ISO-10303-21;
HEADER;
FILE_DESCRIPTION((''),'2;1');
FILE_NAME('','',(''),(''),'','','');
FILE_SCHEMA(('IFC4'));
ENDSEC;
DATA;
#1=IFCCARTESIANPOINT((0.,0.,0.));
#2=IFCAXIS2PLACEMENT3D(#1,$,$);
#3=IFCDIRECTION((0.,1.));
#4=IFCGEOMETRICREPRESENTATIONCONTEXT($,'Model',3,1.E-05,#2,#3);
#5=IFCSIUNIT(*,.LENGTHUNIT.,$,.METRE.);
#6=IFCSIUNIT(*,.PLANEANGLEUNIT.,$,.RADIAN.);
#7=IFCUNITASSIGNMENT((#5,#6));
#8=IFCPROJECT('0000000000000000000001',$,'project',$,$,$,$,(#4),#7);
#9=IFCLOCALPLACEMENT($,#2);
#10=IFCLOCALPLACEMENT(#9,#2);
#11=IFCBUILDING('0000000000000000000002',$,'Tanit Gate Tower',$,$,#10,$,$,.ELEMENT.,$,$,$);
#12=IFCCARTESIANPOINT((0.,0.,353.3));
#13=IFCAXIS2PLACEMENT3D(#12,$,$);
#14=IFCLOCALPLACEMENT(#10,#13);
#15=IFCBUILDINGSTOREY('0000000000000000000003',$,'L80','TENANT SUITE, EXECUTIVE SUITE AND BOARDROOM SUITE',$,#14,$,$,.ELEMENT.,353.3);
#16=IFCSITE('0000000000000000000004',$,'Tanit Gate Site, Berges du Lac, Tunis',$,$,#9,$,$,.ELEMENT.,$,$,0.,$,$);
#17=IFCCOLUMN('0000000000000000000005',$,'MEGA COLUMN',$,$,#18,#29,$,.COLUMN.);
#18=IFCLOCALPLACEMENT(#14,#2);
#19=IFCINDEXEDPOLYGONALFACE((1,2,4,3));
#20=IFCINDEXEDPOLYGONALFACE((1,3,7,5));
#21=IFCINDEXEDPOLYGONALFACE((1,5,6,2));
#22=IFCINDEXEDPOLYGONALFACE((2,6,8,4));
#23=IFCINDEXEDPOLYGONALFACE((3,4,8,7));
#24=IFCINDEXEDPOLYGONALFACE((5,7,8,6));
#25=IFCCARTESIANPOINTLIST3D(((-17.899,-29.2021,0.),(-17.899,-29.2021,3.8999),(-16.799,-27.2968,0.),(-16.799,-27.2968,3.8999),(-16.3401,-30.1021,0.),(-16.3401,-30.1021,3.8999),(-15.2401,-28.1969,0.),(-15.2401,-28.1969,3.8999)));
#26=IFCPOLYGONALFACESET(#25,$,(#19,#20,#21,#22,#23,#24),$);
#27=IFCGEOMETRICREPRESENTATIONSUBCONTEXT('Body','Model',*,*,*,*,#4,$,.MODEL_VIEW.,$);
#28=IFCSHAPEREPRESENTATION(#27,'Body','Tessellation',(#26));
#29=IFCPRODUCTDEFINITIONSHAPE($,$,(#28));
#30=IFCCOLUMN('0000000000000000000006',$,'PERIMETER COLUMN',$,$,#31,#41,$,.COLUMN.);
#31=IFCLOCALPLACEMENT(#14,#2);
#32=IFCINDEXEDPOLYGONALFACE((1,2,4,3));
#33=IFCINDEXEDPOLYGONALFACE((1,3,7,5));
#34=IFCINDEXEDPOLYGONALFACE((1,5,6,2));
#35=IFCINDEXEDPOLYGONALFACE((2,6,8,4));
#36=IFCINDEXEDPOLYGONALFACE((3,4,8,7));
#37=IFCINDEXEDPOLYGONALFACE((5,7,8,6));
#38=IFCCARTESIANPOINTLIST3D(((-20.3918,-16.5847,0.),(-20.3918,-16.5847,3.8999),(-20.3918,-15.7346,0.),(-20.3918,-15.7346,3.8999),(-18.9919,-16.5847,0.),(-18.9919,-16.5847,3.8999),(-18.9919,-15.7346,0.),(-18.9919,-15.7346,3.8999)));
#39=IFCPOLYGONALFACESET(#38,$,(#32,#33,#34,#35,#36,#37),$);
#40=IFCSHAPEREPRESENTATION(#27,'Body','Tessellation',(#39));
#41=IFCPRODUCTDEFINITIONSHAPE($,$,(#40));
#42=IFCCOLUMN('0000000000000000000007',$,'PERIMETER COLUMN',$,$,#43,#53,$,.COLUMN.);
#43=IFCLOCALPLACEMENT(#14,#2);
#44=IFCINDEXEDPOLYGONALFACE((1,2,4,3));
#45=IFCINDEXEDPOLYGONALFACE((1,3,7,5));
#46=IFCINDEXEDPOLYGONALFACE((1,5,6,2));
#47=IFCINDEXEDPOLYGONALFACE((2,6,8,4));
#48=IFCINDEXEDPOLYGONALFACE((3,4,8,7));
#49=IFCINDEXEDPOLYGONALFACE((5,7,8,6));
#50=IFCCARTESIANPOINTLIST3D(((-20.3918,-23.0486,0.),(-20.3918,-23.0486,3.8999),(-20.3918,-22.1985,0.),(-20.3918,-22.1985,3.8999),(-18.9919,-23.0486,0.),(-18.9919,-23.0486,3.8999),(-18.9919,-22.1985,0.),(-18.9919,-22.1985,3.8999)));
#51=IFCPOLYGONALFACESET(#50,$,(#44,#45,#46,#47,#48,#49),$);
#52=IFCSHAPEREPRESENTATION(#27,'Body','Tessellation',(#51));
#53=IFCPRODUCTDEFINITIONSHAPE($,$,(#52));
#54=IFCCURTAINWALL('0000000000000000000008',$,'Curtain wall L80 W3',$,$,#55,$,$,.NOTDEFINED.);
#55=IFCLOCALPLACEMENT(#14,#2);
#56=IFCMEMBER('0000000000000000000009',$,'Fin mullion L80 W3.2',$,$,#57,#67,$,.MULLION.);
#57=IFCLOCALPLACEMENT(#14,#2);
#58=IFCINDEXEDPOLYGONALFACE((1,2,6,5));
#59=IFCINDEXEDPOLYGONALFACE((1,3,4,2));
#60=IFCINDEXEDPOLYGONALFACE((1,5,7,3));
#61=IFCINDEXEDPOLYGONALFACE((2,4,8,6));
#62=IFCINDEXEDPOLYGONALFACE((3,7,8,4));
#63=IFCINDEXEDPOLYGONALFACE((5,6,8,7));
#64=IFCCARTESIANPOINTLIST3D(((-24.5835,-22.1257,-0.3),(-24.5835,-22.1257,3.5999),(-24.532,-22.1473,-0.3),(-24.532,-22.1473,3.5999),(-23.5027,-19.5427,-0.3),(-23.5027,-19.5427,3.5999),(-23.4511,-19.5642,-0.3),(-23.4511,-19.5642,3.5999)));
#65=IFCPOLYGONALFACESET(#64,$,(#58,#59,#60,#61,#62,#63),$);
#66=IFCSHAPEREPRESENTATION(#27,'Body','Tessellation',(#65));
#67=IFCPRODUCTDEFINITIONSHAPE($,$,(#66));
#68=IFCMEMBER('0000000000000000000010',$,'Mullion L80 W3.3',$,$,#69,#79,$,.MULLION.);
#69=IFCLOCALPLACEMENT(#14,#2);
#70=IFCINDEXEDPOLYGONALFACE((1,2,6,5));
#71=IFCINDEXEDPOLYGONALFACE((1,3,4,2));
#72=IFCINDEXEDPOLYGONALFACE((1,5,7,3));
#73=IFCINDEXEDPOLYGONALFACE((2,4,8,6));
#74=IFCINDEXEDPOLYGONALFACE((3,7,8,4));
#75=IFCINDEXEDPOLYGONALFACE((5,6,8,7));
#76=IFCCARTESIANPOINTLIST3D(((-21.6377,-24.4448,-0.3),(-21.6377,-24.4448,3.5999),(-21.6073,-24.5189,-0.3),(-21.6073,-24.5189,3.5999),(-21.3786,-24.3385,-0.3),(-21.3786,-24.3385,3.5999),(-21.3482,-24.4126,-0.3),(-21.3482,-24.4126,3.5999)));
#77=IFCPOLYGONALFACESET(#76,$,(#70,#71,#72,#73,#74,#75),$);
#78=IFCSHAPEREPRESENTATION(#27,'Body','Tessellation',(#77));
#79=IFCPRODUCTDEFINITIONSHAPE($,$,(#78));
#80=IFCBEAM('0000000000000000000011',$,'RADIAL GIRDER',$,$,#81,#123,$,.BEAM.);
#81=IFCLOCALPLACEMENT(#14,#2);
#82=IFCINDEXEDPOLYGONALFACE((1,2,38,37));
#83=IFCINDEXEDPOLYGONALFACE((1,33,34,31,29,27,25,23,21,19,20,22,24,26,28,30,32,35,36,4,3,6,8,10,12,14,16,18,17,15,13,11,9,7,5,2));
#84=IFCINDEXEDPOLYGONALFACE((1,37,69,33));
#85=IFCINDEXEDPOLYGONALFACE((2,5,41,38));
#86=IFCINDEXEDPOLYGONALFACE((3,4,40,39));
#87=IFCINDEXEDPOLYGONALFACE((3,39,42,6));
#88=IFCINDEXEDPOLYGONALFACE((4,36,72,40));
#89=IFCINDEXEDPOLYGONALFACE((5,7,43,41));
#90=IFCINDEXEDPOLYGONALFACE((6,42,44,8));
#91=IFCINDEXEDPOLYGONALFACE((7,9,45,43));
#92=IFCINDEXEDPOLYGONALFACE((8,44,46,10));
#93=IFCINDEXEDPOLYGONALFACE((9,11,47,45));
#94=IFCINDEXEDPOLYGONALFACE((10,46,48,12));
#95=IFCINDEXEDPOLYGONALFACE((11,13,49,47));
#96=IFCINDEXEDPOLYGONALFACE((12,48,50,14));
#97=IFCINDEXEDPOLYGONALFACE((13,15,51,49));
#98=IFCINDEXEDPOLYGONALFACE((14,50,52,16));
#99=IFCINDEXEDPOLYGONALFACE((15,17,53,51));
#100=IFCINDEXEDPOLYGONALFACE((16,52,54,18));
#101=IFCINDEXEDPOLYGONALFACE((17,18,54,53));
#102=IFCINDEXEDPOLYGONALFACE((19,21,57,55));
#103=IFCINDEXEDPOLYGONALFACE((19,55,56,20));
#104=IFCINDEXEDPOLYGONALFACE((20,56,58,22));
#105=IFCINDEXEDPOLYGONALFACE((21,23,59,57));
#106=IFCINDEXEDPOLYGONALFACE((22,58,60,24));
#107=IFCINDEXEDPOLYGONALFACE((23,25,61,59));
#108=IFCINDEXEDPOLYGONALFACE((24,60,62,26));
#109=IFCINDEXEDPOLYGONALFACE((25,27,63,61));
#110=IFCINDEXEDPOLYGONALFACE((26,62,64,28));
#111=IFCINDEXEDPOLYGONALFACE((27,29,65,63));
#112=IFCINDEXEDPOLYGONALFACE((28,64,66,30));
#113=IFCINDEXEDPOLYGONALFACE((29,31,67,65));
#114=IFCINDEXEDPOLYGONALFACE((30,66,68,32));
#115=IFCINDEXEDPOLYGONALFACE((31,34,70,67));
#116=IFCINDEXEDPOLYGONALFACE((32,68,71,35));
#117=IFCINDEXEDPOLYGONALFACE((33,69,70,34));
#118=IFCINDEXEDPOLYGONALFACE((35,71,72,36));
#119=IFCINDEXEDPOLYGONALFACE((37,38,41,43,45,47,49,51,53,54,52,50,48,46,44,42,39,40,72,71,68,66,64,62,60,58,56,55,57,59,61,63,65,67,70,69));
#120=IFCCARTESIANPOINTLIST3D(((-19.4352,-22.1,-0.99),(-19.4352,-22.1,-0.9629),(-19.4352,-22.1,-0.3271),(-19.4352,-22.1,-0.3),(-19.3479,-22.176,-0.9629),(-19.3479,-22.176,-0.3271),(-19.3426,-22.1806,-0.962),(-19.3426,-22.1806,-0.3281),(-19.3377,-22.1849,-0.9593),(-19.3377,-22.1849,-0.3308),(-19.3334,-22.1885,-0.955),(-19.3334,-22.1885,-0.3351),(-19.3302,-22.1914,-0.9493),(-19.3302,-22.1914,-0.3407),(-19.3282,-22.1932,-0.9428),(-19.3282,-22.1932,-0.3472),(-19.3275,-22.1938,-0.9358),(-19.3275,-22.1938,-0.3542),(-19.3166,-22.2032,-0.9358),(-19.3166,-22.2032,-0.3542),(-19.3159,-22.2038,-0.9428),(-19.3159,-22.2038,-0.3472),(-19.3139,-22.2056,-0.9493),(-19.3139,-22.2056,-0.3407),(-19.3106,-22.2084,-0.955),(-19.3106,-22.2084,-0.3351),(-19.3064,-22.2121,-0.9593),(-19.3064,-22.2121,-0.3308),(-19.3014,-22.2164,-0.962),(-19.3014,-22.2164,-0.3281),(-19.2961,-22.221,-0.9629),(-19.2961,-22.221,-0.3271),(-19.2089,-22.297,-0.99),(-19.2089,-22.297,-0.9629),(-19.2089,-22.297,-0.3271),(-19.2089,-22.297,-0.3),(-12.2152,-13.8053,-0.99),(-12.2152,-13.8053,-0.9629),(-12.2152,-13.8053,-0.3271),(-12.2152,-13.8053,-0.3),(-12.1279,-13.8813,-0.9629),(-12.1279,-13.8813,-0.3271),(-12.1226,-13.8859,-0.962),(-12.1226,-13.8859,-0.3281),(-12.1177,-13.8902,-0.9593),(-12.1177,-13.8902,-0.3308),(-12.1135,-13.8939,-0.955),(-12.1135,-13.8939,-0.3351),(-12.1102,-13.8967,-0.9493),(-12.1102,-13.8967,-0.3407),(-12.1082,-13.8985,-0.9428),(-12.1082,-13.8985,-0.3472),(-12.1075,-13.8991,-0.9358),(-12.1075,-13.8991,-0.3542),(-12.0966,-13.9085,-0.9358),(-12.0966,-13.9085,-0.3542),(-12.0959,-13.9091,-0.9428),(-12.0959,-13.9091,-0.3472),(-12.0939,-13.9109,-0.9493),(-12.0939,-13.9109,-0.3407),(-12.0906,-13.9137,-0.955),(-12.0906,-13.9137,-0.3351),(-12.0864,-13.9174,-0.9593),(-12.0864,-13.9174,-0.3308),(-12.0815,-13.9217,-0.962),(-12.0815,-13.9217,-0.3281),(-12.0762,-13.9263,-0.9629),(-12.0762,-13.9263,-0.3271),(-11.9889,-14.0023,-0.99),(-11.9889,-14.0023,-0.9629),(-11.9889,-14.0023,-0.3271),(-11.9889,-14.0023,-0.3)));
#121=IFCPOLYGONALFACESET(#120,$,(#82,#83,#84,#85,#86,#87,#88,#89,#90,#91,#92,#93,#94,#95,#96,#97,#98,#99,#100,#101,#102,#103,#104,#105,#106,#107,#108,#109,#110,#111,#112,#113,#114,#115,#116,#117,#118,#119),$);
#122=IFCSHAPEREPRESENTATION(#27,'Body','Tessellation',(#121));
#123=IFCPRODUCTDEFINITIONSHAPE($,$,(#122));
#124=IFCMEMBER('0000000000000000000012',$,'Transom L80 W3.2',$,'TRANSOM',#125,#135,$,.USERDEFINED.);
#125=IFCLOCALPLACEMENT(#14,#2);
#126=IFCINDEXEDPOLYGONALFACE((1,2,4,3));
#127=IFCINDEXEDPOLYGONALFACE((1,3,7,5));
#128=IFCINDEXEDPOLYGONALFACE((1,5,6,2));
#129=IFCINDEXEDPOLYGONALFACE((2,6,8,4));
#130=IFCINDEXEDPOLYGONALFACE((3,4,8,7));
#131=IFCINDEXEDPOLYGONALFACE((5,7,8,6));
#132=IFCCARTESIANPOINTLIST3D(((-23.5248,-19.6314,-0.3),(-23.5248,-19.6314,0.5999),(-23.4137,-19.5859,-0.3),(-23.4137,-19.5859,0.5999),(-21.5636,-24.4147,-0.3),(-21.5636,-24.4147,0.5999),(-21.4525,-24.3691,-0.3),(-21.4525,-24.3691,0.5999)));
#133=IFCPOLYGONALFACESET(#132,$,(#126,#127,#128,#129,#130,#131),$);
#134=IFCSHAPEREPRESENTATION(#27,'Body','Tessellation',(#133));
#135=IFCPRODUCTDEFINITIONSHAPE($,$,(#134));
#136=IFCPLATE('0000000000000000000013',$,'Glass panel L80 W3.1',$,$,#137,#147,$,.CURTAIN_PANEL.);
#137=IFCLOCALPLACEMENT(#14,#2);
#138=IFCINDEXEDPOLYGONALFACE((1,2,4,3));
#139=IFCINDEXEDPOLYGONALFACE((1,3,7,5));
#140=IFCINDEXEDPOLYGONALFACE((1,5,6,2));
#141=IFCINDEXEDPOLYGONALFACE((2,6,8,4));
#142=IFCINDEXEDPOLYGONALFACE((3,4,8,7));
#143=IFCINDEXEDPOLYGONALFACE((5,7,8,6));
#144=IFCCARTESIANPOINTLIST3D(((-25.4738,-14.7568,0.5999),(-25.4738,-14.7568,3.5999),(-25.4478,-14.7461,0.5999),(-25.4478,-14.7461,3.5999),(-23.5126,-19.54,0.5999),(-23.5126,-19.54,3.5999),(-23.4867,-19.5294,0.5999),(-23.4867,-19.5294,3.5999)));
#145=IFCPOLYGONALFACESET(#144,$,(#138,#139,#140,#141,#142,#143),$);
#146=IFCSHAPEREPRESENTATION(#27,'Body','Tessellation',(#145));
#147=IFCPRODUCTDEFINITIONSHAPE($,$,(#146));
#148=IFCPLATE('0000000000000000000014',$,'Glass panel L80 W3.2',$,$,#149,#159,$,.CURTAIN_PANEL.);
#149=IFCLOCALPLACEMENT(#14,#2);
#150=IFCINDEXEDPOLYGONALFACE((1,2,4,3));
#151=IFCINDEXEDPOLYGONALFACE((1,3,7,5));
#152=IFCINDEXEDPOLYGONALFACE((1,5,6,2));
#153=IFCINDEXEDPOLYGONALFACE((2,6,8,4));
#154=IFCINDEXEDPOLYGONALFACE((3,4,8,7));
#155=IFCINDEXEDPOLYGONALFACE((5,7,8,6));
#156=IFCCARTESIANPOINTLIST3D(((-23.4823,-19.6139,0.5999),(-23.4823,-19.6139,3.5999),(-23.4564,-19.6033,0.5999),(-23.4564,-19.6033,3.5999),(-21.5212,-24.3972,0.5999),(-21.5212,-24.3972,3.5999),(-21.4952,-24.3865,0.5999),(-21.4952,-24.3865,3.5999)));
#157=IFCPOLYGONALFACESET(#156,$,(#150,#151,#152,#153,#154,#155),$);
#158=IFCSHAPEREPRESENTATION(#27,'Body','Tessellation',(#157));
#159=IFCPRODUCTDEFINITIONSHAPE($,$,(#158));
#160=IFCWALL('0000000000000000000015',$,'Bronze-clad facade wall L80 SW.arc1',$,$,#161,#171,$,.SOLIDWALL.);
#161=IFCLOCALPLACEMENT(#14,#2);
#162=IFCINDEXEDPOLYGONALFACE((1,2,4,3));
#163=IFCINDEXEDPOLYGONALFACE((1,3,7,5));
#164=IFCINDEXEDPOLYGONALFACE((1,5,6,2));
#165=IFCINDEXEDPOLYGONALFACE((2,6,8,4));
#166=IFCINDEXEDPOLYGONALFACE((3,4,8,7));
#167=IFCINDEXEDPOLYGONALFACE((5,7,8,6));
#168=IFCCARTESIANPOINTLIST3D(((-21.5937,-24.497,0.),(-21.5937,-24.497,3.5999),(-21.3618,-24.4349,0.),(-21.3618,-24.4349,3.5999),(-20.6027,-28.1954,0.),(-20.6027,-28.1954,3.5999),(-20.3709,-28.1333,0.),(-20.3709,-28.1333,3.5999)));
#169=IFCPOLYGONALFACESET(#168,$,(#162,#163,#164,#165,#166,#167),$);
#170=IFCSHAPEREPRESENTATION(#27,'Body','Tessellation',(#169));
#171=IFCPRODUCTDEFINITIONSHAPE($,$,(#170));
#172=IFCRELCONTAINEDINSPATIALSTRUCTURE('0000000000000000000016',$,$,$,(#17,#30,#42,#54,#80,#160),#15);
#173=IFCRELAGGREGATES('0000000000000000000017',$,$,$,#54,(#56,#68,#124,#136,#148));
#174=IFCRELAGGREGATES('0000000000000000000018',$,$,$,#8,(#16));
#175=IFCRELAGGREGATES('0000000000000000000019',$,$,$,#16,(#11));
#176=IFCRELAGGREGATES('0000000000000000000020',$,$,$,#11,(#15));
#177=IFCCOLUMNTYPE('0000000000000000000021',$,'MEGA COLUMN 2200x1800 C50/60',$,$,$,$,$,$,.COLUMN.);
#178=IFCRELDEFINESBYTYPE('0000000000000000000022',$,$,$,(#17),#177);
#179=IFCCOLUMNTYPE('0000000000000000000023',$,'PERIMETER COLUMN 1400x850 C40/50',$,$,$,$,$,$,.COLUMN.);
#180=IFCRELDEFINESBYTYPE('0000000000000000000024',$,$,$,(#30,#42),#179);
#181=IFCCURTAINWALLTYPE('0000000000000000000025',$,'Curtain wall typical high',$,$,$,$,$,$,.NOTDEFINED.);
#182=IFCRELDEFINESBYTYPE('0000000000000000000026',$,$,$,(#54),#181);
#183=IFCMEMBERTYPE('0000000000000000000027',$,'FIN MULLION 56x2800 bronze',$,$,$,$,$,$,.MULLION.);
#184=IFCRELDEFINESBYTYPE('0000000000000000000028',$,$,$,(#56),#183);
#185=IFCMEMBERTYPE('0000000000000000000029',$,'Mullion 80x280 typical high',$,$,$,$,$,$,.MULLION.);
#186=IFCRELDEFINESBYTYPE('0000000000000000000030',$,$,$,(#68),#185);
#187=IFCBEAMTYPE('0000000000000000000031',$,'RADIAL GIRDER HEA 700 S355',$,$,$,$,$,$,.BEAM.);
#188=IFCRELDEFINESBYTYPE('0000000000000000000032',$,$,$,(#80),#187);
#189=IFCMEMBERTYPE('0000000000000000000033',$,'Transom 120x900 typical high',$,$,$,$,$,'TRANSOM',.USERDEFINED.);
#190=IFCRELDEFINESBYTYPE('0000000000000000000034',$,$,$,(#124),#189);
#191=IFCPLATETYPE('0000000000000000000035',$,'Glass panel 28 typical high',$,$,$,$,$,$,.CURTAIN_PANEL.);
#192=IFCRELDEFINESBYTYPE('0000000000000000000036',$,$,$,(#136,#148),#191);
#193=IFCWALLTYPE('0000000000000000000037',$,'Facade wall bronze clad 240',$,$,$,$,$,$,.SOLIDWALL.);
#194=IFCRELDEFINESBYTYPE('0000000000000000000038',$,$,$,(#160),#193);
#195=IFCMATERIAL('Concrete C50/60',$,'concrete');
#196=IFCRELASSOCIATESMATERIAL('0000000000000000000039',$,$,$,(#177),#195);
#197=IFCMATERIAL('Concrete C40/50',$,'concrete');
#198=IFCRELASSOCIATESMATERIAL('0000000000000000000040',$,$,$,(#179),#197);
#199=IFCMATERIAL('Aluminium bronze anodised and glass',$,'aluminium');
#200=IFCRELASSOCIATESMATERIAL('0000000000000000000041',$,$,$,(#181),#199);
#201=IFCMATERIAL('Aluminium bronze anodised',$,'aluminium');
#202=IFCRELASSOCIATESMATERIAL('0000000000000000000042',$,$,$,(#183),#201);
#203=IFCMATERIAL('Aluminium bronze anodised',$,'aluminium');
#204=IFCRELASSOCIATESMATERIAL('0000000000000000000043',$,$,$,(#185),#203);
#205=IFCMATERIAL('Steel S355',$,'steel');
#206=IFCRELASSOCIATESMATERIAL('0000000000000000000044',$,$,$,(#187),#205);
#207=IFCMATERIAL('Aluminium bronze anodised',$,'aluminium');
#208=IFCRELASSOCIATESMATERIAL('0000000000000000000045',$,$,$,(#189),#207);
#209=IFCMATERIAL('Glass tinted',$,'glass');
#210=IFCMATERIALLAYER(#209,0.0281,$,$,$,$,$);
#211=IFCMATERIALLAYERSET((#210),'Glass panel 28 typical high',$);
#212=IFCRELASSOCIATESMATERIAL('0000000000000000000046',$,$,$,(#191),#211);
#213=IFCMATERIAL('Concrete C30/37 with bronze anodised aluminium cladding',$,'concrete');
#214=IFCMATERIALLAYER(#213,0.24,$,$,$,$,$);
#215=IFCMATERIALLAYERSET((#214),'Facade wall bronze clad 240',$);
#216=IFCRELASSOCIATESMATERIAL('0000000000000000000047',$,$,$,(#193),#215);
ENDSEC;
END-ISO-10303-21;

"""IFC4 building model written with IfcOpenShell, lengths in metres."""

from ifc_helpers import new_model, si_unit, direction, frame, frame_2d, origin, origin_2d, place, context, subcontext, project, spatial, rectangle, i_section, extrude, material, layer, layer_set, material_profile, profile_set, type_object, element, aggregate, save


model = new_model("IFC4")

# Units and contexts
model_context = context("Model", 3, precision=1e-05, world=origin(), true_north=direction((0.0, 1.0)))
body_context = subcontext(model_context, "Body", "Model", "MODEL_VIEW")
ifc_project = project(units=[si_unit("LENGTHUNIT", "METRE"), si_unit("PLANEANGLEUNIT", "RADIAN")], contexts=[model_context])

# Site, building, storey
site_placement = place(None, origin())
site = spatial("IfcSite", under=ifc_project, at=site_placement, Name="Tanit Gate Site, Berges du Lac, Tunis", CompositionType="ELEMENT", RefElevation=0.0)
building_placement = place(site_placement, origin())
building = spatial("IfcBuilding", under=site, at=building_placement, Name="Tanit Gate Tower", CompositionType="ELEMENT")
storey_placement = place(building_placement, frame((0.0, 0.0, 353.3)))
storey = spatial("IfcBuildingStorey", under=building, at=storey_placement, Name="L80", Description="TENANT SUITE, EXECUTIVE SUITE AND BOARDROOM SUITE", CompositionType="ELEMENT", Elevation=353.3)

# Columns
ifc_material_1 = material(Name="Concrete C50/60", Category="concrete")
ifc_material_profile_1 = material_profile(ifc_material_1, rectangle(XDim=2.2, YDim=1.8, at=origin_2d()), Name="RC 2200x1800")
ifc_profile_set_1 = profile_set([ifc_material_profile_1], Name="Concrete C50/60")
column_type_1 = type_object("IfcColumnType", Name="MEGA COLUMN 2200x1800 C50/60", PredefinedType="COLUMN", material=ifc_profile_set_1)
column_placement = place(storey_placement, frame((-16.5696, -28.6995, 0.0), z_axis=(0.0, 0.0, 1.0), x_axis=(-0.5, -0.866025, 0.0)))
element("IfcColumn", 1, at=column_placement, inside=storey, type_object=column_type_1, Name="MEGA COLUMN", PredefinedType="COLUMN", context=body_context, shape_type="SweptSolid", body=[
    extrude(rectangle(XDim=2.2, YDim=1.8, at=origin_2d()), origin(), (0.0, 0.0, 1.0), 3.8999),
])
ifc_material_2 = material(Name="Concrete C40/50", Category="concrete")
ifc_material_profile_2 = material_profile(ifc_material_2, rectangle(XDim=1.3999, YDim=0.8501, at=origin_2d()), Name="RC 1400x850")
ifc_profile_set_2 = profile_set([ifc_material_profile_2], Name="Concrete C40/50")
column_type_2 = type_object("IfcColumnType", Name="PERIMETER COLUMN 1400x850 C40/50", PredefinedType="COLUMN", material=ifc_profile_set_2)
for number, where, z_axis, x_axis, name in (
    (2, (-19.6919, -16.1597, 0.0), (0.0, 0.0, 1.0), (-1.0, 0.0, 0.0), "PERIMETER COLUMN"),
    (3, (-19.6919, -22.6235, 0.0), (0.0, 0.0, 1.0), (-1.0, 0.0, 0.0), "PERIMETER COLUMN"),
):
    element("IfcColumn", number, at=place(storey_placement, frame(where, z_axis=z_axis, x_axis=x_axis)), inside=storey, type_object=column_type_2, Name=name, PredefinedType="COLUMN", context=body_context, shape_type="SweptSolid", body=[
        extrude(rectangle(XDim=1.3999, YDim=0.8501, at=origin_2d()), origin(), (0.0, 0.0, 1.0), 3.8999),
    ])

# Curtain wall, members
ifc_material_3 = material(Name="Aluminium bronze anodised and glass", Category="aluminium")
curtain_wall_type = type_object("IfcCurtainWallType", Name="Curtain wall typical high", PredefinedType="NOTDEFINED", material=ifc_material_3)
curtain_wall_placement = place(storey_placement, origin())
curtain_wall = element("IfcCurtainWall", 4, at=curtain_wall_placement, inside=storey, type_object=curtain_wall_type, Name="Curtain wall L80 W3", PredefinedType="NOTDEFINED")
ifc_material_4 = material(Name="Aluminium bronze anodised", Category="aluminium")
ifc_material_profile_3 = material_profile(ifc_material_4, rectangle(XDim=2.8, YDim=0.0559, at=origin_2d()), Name="56x2800 bronze fin mullion")
ifc_profile_set_3 = profile_set([ifc_material_profile_3], Name="Aluminium bronze anodised")
member_type_1 = type_object("IfcMemberType", Name="FIN MULLION 56x2800 bronze", PredefinedType="MULLION", material=ifc_profile_set_3)
member_1_placement = place(storey_placement, frame((-24.0173, -20.845, -0.3), z_axis=(0.0, 0.0, 1.0), x_axis=(0.386007, 0.922496, 0.0)))
member_1 = element("IfcMember", 5, at=member_1_placement, type_object=member_type_1, Name="Fin mullion L80 W3.2", PredefinedType="MULLION", context=body_context, shape_type="SweptSolid", body=[
    extrude(rectangle(XDim=2.8, YDim=0.0559, at=origin_2d()), origin(), (0.0, 0.0, 1.0), 3.8999),
])
ifc_material_5 = material(Name="Aluminium bronze anodised", Category="aluminium")
ifc_material_profile_4 = material_profile(ifc_material_5, rectangle(XDim=0.28, YDim=0.0801, at=origin_2d()), Name="80x280 bronze mullion")
ifc_profile_set_4 = profile_set([ifc_material_profile_4], Name="Aluminium bronze anodised")
member_type_2 = type_object("IfcMemberType", Name="Mullion 80x280 typical high", PredefinedType="MULLION", material=ifc_profile_set_4)
member_2_placement = place(storey_placement, frame((-21.4929, -24.4287, -0.3), z_axis=(0.0, 0.0, 1.0), x_axis=(0.925251, 0.379355, 0.0)))
member_2 = element("IfcMember", 6, at=member_2_placement, type_object=member_type_2, Name="Mullion L80 W3.3", PredefinedType="MULLION", context=body_context, shape_type="SweptSolid", body=[
    extrude(rectangle(XDim=0.28, YDim=0.0801, at=origin_2d()), origin(), (0.0, 0.0, 1.0), 3.8999),
])

# Beam
ifc_material_6 = material(Name="Steel S355", Category="steel")
ifc_material_profile_5 = material_profile(ifc_material_6, i_section(OverallWidth=0.3, OverallDepth=0.6899, WebThickness=0.0144, FlangeThickness=0.0271, FilletRadius=0.0271, at=origin_2d()), Name="HEA 700")
ifc_profile_set_5 = profile_set([ifc_material_profile_5], Name="Steel S355")
beam_type = type_object("IfcBeamType", Name="RADIAL GIRDER HEA 700 S355", PredefinedType="BEAM", material=ifc_profile_set_5)
beam_placement = place(storey_placement, frame((-19.322, -22.1985, -0.645), z_axis=(0.656552, 0.754281, 0.0), x_axis=(-0.754281, 0.656552, 0.0)))
element("IfcBeam", 7, at=beam_placement, inside=storey, type_object=beam_type, Name="RADIAL GIRDER", PredefinedType="BEAM", context=body_context, shape_type="SweptSolid", body=[
    extrude(i_section(OverallWidth=0.3, OverallDepth=0.6899, WebThickness=0.0144, FlangeThickness=0.0271, FilletRadius=0.0271, at=origin_2d()), origin(), (0.0, 0.0, 1.0), 10.9968),
])

# Member
ifc_material_7 = material(Name="Aluminium bronze anodised", Category="aluminium")
ifc_material_profile_6 = material_profile(ifc_material_7, rectangle(XDim=0.1201, YDim=0.8999, at=origin_2d()), Name="120x900 bronze transom")
ifc_profile_set_6 = profile_set([ifc_material_profile_6], Name="Aluminium bronze anodised")
member_type_3 = type_object("IfcMemberType", Name="Transom 120x900 typical high", ElementType="TRANSOM", PredefinedType="USERDEFINED", material=ifc_profile_set_6)
member_3_placement = place(storey_placement, frame((-23.4692, -19.6086, 0.1499), z_axis=(0.379365, -0.925247, 0.0), x_axis=(0.925247, 0.379365, 0.0)))
member_3 = element("IfcMember", 8, at=member_3_placement, type_object=member_type_3, Name="Transom L80 W3.2", ObjectType="TRANSOM", PredefinedType="USERDEFINED", context=body_context, shape_type="SweptSolid", body=[
    extrude(rectangle(XDim=0.1201, YDim=0.8999, at=origin_2d()), origin(), (0.0, 0.0, 1.0), 5.1697),
])

# Plates
ifc_material_8 = material(Name="Glass tinted", Category="glass")
ifc_layer_1 = layer(ifc_material_8, 0.0281)
ifc_layer_set_1 = layer_set([ifc_layer_1], Name="Glass panel 28 typical high")
plate_type = type_object("IfcPlateType", Name="Glass panel 28 typical high", PredefinedType="CURTAIN_PANEL", material=ifc_layer_set_1)
plate_1_placement = place(storey_placement, frame((-24.4802, -17.1431, 0.5999), z_axis=(0.0, 0.0, 1.0), x_axis=(0.379355, -0.925251, 0.0)))
plate_1 = element("IfcPlate", 9, at=plate_1_placement, type_object=plate_type, Name="Glass panel L80 W3.1", PredefinedType="CURTAIN_PANEL", context=body_context, shape_type="SweptSolid", body=[
    extrude(rectangle(XDim=5.1697, YDim=0.0281, at=origin_2d()), origin(), (0.0, 0.0, 1.0), 3.0),
])
plate_2_placement = place(storey_placement, frame((-22.4888, -22.0002, 0.5999), z_axis=(0.0, 0.0, 1.0), x_axis=(0.379355, -0.925251, 0.0)))
plate_2 = element("IfcPlate", 10, at=plate_2_placement, type_object=plate_type, Name="Glass panel L80 W3.2", PredefinedType="CURTAIN_PANEL", context=body_context, shape_type="SweptSolid", body=[
    extrude(rectangle(XDim=5.1697, YDim=0.0281, at=origin_2d()), origin(), (0.0, 0.0, 1.0), 3.0),
])
aggregate(curtain_wall, [member_1, member_2, member_3, plate_1, plate_2])

# Wall
ifc_material_9 = material(Name="Concrete C30/37 with bronze anodised aluminium cladding", Category="concrete")
ifc_layer_2 = layer(ifc_material_9, 0.24)
ifc_layer_set_2 = layer_set([ifc_layer_2], Name="Facade wall bronze clad 240")
wall_type_1 = type_object("IfcWallType", Name="Facade wall bronze clad 240", PredefinedType="SOLIDWALL", material=ifc_layer_set_2)
wall_1_placement = place(storey_placement, frame((-21.4778, -24.4658, 0.0), z_axis=(0.0, 0.0, 1.0), x_axis=(0.258809, -0.965928, 0.0)))
element("IfcWall", 11, at=wall_1_placement, inside=storey, type_object=wall_type_1, Name="Bronze-clad facade wall L80 SW.arc1", PredefinedType="SOLIDWALL", context=body_context, shape_type="SweptSolid", body=[
    extrude(rectangle(XDim=3.8289, YDim=0.24, at=frame_2d((1.9146, 0.0))), origin(), (0.0, 0.0, 1.0), 3.5999),
])

save(model, "model.ifc")
